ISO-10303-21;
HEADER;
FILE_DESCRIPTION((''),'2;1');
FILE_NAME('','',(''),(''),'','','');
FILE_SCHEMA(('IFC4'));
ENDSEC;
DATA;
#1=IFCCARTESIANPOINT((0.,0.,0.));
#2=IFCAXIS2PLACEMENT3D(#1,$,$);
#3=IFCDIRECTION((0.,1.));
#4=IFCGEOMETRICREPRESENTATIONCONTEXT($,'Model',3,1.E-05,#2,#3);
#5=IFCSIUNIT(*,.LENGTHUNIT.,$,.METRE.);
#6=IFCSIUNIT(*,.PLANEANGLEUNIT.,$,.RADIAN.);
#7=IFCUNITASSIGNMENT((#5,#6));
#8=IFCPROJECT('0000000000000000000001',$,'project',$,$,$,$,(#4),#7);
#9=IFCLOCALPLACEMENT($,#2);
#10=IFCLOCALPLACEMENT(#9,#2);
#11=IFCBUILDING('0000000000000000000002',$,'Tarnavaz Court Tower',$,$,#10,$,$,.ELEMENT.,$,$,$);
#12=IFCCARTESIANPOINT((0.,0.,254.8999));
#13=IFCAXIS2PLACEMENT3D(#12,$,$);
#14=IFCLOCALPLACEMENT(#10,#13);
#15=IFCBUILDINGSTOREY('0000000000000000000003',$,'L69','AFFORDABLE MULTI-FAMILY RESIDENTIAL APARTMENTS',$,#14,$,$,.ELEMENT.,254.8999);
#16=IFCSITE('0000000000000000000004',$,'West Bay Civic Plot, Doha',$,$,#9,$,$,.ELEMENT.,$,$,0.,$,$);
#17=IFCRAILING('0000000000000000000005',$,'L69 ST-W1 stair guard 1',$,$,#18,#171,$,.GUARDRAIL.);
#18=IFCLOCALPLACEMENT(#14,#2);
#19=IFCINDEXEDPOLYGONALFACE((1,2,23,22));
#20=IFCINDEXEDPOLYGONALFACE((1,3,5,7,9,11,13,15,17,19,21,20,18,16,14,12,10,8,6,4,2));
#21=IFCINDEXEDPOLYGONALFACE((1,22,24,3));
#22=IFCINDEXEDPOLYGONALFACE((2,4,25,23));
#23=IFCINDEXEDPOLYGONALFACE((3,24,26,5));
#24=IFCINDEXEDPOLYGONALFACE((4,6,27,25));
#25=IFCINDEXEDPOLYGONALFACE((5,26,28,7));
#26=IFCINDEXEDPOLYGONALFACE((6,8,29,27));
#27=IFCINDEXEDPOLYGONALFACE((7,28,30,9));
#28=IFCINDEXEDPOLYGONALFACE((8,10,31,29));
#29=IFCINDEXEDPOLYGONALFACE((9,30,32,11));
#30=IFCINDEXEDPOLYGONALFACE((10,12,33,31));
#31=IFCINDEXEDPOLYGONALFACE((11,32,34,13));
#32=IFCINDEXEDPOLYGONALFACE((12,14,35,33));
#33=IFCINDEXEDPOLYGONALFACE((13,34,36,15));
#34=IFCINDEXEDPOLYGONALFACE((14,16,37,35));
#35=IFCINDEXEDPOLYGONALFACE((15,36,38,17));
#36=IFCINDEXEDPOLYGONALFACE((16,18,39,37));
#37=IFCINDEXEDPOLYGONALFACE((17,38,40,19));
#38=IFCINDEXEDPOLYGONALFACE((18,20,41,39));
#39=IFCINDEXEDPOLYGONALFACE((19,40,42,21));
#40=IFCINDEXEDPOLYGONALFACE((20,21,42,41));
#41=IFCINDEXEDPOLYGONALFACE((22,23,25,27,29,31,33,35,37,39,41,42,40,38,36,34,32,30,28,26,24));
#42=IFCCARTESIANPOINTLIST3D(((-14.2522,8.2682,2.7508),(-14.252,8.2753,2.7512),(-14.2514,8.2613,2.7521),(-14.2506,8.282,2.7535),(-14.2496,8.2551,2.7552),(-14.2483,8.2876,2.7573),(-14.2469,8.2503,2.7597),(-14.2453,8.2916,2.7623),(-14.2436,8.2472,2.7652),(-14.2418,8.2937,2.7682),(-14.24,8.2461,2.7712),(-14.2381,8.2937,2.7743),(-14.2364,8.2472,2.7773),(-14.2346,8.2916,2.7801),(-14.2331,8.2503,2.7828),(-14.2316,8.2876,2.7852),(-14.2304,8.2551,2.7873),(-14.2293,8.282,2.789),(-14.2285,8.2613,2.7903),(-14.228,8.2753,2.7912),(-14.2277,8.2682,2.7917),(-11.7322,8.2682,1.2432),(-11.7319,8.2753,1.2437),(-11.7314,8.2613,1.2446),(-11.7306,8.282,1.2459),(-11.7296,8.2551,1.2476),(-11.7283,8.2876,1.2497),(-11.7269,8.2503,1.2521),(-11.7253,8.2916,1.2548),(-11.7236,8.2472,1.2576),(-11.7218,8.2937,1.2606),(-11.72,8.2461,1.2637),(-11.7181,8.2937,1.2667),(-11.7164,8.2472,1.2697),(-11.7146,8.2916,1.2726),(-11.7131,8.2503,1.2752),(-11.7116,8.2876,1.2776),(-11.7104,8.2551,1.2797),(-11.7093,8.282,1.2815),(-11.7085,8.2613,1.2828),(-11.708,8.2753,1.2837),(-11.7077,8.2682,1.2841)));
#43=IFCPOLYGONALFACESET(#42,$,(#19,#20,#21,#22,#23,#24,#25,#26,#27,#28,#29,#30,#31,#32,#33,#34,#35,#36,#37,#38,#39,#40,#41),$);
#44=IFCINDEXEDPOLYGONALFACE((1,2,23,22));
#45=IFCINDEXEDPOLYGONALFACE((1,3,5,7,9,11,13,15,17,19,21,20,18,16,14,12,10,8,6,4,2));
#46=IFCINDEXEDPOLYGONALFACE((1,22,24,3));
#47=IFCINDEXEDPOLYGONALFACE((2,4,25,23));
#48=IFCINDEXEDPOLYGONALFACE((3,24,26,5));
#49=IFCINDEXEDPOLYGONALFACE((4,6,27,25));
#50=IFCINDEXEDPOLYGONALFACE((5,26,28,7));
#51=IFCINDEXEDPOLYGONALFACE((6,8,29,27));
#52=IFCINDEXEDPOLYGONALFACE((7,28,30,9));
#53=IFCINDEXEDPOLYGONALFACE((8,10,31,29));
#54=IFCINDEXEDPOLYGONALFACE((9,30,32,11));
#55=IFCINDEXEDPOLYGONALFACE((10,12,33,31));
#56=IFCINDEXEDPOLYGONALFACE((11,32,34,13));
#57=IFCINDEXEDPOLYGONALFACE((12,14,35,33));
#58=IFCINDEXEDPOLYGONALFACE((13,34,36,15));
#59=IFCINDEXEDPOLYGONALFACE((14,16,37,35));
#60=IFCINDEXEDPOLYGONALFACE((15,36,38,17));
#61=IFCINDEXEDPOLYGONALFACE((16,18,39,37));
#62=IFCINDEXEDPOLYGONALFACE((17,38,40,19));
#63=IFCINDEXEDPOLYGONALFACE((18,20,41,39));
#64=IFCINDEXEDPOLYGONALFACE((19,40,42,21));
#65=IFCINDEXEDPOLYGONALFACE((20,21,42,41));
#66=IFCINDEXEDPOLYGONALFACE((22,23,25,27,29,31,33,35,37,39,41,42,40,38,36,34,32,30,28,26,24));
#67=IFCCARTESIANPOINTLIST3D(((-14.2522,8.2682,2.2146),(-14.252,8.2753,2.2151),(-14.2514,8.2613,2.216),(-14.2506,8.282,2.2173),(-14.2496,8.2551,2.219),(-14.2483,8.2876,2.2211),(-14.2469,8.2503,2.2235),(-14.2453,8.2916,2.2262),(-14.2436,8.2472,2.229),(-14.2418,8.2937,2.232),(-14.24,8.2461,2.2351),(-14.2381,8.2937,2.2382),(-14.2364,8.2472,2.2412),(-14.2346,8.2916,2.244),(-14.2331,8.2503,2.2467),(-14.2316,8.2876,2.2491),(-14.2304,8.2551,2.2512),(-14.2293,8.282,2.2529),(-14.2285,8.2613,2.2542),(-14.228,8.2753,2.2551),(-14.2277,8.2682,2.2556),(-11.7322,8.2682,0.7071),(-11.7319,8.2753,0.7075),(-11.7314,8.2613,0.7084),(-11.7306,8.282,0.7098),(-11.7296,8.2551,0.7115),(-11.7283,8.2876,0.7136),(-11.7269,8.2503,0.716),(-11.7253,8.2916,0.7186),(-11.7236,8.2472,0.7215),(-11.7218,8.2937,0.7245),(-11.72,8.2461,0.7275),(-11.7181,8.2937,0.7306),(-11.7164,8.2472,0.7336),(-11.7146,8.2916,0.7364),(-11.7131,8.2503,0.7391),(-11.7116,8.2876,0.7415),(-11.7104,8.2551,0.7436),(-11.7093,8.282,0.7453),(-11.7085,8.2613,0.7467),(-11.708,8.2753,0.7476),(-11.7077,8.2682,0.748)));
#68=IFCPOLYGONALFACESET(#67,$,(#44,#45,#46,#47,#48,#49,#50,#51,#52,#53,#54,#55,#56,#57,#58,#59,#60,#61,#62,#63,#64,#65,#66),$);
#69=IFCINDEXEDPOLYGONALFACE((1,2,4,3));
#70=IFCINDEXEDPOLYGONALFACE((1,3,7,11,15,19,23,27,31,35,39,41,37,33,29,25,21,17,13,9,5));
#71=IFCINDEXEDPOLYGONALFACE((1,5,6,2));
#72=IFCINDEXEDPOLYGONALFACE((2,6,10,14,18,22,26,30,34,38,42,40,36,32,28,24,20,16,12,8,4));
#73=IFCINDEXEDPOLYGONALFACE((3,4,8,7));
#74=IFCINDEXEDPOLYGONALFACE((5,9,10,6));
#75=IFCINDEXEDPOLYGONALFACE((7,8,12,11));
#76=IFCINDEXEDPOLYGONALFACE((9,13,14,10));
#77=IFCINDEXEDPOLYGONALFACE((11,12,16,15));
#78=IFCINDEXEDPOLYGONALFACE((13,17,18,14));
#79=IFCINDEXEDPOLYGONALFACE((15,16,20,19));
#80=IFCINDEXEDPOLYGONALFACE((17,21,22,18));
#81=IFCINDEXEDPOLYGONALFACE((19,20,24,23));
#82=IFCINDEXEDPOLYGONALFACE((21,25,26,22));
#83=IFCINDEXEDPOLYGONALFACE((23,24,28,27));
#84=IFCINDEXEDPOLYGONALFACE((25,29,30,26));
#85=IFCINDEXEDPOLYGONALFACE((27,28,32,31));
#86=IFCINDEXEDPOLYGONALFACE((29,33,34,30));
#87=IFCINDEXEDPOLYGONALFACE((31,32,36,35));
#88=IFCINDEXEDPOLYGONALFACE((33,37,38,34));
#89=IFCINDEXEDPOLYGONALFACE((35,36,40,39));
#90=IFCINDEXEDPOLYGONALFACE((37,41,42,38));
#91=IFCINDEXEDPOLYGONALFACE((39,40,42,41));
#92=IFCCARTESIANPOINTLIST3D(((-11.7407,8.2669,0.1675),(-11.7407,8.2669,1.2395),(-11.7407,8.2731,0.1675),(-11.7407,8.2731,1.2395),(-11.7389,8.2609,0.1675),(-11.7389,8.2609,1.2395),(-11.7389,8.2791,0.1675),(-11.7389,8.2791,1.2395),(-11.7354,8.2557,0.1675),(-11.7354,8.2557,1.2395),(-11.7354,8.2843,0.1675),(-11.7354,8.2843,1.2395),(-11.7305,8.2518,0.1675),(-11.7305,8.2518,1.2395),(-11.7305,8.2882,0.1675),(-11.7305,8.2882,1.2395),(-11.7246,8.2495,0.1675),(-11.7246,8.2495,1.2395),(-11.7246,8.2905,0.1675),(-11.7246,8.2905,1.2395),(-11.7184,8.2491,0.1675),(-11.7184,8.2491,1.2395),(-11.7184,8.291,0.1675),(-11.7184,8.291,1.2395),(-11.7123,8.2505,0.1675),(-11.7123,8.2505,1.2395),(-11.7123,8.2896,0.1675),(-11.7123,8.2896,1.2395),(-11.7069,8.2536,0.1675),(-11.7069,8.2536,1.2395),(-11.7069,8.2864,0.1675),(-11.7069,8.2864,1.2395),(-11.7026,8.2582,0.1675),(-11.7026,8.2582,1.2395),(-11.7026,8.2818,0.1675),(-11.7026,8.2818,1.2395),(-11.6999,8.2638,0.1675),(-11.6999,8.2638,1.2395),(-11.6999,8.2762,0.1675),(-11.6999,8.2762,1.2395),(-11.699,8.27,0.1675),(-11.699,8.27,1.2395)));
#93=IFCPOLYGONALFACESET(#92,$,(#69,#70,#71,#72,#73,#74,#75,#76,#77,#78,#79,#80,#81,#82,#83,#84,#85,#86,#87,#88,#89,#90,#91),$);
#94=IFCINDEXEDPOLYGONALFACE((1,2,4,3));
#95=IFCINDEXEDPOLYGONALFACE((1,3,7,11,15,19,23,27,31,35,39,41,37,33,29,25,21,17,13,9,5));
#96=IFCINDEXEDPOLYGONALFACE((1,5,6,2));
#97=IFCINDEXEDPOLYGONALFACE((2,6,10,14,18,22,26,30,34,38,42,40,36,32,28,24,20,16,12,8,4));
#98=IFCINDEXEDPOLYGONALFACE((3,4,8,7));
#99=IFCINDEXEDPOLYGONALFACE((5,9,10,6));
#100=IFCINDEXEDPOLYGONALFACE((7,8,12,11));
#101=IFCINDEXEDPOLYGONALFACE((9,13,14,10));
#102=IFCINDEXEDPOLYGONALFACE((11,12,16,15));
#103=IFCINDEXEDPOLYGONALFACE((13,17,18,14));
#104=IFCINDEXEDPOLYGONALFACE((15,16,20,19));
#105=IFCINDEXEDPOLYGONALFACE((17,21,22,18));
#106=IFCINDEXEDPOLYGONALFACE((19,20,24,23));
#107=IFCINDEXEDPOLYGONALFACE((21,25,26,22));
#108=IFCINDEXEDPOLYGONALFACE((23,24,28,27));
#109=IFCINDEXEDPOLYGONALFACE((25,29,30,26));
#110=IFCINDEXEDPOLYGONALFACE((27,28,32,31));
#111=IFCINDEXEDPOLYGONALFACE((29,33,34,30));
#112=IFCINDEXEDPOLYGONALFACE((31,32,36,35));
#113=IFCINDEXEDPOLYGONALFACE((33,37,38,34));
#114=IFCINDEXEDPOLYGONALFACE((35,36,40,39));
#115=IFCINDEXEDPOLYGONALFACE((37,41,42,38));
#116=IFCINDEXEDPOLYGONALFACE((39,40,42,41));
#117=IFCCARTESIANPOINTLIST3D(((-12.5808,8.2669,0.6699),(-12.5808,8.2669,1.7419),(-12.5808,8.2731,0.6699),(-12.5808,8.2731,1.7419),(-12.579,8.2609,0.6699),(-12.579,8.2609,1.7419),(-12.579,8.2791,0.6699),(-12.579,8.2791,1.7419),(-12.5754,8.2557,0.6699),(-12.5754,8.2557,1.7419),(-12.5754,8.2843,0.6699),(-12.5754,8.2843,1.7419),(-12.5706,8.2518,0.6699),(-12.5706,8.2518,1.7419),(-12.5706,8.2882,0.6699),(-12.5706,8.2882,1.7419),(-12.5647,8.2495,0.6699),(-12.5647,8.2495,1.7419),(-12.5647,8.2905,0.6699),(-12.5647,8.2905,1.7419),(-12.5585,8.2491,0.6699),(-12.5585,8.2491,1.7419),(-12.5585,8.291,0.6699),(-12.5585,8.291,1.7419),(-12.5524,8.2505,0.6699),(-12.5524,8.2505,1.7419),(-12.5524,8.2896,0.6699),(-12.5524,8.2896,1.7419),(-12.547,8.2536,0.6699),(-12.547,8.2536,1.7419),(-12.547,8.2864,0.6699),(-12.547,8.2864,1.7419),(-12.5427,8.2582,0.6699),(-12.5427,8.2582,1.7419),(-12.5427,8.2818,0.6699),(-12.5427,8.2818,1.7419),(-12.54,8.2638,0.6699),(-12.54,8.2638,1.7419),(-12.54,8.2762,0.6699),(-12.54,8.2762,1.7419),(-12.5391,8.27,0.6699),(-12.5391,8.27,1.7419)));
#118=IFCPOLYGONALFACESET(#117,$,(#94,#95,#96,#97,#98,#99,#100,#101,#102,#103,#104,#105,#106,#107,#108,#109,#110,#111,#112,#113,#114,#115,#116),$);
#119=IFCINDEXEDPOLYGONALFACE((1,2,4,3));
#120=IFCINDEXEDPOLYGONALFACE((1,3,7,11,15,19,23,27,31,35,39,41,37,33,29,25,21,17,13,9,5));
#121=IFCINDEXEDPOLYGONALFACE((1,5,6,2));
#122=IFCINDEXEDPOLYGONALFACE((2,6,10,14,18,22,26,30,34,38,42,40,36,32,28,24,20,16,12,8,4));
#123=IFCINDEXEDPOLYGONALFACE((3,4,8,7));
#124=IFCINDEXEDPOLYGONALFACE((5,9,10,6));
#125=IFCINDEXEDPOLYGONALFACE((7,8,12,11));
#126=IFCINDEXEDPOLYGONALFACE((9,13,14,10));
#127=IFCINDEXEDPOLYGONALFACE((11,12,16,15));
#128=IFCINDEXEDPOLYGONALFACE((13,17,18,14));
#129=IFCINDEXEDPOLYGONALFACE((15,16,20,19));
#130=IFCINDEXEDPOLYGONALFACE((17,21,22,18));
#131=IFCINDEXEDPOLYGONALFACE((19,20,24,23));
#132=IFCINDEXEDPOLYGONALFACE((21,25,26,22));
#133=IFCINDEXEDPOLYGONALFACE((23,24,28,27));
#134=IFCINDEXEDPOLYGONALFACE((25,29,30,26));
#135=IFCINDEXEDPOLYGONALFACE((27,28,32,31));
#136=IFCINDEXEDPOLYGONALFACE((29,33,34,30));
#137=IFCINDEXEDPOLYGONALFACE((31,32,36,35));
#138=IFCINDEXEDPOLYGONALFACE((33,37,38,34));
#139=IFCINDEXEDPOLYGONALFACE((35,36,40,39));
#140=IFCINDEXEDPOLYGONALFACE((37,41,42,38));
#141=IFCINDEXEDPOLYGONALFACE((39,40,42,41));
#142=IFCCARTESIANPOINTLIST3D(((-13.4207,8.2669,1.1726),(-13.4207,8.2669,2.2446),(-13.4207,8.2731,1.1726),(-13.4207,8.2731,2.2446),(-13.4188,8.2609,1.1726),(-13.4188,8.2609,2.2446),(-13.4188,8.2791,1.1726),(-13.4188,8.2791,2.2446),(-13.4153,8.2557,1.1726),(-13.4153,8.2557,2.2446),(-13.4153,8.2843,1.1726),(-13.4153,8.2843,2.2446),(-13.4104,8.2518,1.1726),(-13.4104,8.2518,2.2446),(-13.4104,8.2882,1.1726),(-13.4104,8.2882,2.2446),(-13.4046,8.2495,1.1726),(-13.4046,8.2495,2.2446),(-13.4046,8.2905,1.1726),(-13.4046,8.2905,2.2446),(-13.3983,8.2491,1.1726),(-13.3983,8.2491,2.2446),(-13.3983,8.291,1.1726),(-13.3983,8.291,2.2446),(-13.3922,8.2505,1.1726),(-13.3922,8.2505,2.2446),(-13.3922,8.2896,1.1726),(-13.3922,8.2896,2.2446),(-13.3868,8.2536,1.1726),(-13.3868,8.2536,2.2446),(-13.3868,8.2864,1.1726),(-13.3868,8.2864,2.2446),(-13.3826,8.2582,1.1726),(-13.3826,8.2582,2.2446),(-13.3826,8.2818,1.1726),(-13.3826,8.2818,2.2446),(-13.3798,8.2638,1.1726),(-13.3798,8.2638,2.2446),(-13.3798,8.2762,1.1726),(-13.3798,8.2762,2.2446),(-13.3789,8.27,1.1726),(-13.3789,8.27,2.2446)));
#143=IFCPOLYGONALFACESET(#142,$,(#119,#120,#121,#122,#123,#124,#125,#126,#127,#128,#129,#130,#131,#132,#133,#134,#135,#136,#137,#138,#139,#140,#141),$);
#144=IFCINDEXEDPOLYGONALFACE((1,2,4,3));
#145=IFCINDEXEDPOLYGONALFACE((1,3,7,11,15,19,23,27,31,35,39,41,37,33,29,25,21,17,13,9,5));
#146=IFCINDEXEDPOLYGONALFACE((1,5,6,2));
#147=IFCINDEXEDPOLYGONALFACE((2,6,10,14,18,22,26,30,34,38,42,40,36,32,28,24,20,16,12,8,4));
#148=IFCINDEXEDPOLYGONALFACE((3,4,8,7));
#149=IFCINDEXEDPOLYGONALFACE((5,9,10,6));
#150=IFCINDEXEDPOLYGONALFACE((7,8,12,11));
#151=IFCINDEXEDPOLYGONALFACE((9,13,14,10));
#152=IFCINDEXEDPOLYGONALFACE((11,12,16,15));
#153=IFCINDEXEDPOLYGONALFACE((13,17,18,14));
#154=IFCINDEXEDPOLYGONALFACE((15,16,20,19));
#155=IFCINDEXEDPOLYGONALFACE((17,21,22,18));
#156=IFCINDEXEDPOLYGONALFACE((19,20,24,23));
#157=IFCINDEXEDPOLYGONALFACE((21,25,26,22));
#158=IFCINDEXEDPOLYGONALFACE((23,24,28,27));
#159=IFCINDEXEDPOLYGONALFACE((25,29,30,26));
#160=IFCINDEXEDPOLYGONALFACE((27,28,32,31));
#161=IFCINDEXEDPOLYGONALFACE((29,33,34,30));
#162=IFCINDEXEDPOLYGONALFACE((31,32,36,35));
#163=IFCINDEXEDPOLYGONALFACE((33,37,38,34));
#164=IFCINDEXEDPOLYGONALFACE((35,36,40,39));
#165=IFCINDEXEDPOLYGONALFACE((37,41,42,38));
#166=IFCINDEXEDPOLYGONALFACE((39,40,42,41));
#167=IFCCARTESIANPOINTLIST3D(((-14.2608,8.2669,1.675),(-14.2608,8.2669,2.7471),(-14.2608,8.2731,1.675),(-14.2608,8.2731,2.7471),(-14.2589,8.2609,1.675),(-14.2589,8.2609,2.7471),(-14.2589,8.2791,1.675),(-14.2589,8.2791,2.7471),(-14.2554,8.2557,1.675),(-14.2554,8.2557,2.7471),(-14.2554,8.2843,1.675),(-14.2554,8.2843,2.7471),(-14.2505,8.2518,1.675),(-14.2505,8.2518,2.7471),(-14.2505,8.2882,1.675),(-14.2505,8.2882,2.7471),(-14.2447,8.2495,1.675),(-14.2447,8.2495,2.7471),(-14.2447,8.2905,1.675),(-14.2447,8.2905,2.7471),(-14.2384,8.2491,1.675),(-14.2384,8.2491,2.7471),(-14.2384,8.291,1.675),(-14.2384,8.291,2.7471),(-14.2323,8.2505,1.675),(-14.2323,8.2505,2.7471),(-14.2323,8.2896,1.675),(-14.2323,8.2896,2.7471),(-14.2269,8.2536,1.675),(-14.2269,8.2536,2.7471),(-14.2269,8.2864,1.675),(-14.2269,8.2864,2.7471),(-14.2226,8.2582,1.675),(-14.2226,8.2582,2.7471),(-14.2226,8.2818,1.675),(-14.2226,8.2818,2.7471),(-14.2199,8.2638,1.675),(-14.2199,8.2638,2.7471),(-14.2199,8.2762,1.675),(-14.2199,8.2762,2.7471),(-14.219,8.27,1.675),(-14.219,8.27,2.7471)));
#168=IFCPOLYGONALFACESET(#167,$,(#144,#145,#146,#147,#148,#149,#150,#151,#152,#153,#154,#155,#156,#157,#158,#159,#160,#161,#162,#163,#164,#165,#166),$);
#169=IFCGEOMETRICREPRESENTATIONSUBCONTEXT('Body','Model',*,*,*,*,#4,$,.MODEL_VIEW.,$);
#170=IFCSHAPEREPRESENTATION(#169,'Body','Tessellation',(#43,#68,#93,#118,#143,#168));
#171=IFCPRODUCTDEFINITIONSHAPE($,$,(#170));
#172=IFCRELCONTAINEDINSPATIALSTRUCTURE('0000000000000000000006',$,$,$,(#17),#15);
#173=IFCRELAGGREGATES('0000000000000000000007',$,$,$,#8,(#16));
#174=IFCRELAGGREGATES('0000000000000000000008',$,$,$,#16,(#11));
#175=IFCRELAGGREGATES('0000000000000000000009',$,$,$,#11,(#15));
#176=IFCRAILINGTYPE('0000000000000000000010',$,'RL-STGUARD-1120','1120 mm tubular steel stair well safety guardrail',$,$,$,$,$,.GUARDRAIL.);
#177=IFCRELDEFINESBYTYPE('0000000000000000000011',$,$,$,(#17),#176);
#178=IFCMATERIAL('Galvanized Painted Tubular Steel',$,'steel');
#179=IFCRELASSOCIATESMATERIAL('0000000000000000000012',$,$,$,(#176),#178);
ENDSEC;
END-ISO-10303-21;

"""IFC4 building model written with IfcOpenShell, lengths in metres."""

from ifc_helpers import new_model, si_unit, direction, frame, origin, origin_2d, place, context, subcontext, project, spatial, circle, extrude, material, type_object, element, save


model = new_model("IFC4")

# Units and contexts
model_context = context("Model", 3, precision=1e-05, world=origin(), true_north=direction((0.0, 1.0)))
body_context = subcontext(model_context, "Body", "Model", "MODEL_VIEW")
ifc_project = project(units=[si_unit("LENGTHUNIT", "METRE"), si_unit("PLANEANGLEUNIT", "RADIAN")], contexts=[model_context])

# Site, building, storey
site_placement = place(None, origin())
site = spatial("IfcSite", under=ifc_project, at=site_placement, Name="West Bay Civic Plot, Doha", CompositionType="ELEMENT", RefElevation=0.0)
building_placement = place(site_placement, origin())
building = spatial("IfcBuilding", under=site, at=building_placement, Name="Tarnavaz Court Tower", CompositionType="ELEMENT")
storey_placement = place(building_placement, frame((0.0, 0.0, 254.8999)))
storey = spatial("IfcBuildingStorey", under=building, at=storey_placement, Name="L69", Description="AFFORDABLE MULTI-FAMILY RESIDENTIAL APARTMENTS", CompositionType="ELEMENT", Elevation=254.8999)

# Railing
ifc_material_1 = material(Name="Galvanized Painted Tubular Steel", Category="steel")
railing_type_1 = type_object("IfcRailingType", Name="RL-STGUARD-1120", Description="1120 mm tubular steel stair well safety guardrail", PredefinedType="GUARDRAIL", material=ifc_material_1)
railing_1_placement = place(storey_placement, frame((-11.72, 8.27, 0.1675)))
element("IfcRailing", 1, at=railing_1_placement, inside=storey, type_object=railing_type_1, Name="L69 ST-W1 stair guard 1", PredefinedType="GUARDRAIL", context=body_context, shape_type="SweptSolid", body=[
    extrude(circle(Radius=0.0239, at=origin_2d()), frame((0.0, 0.0, 1.0962), z_axis=(-0.85816, 0.0, 0.513383), x_axis=(0.0, -1.0, 0.0)), (0.0, 0.0, 1.0), 2.9365),
    extrude(circle(Radius=0.0239, at=origin_2d()), frame((0.0, 0.0, 0.5601), z_axis=(-0.85816, 0.0, 0.513383), x_axis=(0.0, -1.0, 0.0)), (0.0, 0.0, 1.0), 2.9365),
    extrude(circle(Radius=0.021, at=origin_2d()), origin(), (0.0, 0.0, 1.0), 1.072),
    extrude(circle(Radius=0.021, at=origin_2d()), frame((-0.8401, 0.0, 0.5024)), (0.0, 0.0, 1.0), 1.072),
    extrude(circle(Radius=0.021, at=origin_2d()), frame((-1.6799, 0.0, 1.0051)), (0.0, 0.0, 1.0), 1.072),
    extrude(circle(Radius=0.021, at=origin_2d()), frame((-2.52, 0.0, 1.5076)), (0.0, 0.0, 1.0), 1.072),
])

save(model, "model.ifc")
